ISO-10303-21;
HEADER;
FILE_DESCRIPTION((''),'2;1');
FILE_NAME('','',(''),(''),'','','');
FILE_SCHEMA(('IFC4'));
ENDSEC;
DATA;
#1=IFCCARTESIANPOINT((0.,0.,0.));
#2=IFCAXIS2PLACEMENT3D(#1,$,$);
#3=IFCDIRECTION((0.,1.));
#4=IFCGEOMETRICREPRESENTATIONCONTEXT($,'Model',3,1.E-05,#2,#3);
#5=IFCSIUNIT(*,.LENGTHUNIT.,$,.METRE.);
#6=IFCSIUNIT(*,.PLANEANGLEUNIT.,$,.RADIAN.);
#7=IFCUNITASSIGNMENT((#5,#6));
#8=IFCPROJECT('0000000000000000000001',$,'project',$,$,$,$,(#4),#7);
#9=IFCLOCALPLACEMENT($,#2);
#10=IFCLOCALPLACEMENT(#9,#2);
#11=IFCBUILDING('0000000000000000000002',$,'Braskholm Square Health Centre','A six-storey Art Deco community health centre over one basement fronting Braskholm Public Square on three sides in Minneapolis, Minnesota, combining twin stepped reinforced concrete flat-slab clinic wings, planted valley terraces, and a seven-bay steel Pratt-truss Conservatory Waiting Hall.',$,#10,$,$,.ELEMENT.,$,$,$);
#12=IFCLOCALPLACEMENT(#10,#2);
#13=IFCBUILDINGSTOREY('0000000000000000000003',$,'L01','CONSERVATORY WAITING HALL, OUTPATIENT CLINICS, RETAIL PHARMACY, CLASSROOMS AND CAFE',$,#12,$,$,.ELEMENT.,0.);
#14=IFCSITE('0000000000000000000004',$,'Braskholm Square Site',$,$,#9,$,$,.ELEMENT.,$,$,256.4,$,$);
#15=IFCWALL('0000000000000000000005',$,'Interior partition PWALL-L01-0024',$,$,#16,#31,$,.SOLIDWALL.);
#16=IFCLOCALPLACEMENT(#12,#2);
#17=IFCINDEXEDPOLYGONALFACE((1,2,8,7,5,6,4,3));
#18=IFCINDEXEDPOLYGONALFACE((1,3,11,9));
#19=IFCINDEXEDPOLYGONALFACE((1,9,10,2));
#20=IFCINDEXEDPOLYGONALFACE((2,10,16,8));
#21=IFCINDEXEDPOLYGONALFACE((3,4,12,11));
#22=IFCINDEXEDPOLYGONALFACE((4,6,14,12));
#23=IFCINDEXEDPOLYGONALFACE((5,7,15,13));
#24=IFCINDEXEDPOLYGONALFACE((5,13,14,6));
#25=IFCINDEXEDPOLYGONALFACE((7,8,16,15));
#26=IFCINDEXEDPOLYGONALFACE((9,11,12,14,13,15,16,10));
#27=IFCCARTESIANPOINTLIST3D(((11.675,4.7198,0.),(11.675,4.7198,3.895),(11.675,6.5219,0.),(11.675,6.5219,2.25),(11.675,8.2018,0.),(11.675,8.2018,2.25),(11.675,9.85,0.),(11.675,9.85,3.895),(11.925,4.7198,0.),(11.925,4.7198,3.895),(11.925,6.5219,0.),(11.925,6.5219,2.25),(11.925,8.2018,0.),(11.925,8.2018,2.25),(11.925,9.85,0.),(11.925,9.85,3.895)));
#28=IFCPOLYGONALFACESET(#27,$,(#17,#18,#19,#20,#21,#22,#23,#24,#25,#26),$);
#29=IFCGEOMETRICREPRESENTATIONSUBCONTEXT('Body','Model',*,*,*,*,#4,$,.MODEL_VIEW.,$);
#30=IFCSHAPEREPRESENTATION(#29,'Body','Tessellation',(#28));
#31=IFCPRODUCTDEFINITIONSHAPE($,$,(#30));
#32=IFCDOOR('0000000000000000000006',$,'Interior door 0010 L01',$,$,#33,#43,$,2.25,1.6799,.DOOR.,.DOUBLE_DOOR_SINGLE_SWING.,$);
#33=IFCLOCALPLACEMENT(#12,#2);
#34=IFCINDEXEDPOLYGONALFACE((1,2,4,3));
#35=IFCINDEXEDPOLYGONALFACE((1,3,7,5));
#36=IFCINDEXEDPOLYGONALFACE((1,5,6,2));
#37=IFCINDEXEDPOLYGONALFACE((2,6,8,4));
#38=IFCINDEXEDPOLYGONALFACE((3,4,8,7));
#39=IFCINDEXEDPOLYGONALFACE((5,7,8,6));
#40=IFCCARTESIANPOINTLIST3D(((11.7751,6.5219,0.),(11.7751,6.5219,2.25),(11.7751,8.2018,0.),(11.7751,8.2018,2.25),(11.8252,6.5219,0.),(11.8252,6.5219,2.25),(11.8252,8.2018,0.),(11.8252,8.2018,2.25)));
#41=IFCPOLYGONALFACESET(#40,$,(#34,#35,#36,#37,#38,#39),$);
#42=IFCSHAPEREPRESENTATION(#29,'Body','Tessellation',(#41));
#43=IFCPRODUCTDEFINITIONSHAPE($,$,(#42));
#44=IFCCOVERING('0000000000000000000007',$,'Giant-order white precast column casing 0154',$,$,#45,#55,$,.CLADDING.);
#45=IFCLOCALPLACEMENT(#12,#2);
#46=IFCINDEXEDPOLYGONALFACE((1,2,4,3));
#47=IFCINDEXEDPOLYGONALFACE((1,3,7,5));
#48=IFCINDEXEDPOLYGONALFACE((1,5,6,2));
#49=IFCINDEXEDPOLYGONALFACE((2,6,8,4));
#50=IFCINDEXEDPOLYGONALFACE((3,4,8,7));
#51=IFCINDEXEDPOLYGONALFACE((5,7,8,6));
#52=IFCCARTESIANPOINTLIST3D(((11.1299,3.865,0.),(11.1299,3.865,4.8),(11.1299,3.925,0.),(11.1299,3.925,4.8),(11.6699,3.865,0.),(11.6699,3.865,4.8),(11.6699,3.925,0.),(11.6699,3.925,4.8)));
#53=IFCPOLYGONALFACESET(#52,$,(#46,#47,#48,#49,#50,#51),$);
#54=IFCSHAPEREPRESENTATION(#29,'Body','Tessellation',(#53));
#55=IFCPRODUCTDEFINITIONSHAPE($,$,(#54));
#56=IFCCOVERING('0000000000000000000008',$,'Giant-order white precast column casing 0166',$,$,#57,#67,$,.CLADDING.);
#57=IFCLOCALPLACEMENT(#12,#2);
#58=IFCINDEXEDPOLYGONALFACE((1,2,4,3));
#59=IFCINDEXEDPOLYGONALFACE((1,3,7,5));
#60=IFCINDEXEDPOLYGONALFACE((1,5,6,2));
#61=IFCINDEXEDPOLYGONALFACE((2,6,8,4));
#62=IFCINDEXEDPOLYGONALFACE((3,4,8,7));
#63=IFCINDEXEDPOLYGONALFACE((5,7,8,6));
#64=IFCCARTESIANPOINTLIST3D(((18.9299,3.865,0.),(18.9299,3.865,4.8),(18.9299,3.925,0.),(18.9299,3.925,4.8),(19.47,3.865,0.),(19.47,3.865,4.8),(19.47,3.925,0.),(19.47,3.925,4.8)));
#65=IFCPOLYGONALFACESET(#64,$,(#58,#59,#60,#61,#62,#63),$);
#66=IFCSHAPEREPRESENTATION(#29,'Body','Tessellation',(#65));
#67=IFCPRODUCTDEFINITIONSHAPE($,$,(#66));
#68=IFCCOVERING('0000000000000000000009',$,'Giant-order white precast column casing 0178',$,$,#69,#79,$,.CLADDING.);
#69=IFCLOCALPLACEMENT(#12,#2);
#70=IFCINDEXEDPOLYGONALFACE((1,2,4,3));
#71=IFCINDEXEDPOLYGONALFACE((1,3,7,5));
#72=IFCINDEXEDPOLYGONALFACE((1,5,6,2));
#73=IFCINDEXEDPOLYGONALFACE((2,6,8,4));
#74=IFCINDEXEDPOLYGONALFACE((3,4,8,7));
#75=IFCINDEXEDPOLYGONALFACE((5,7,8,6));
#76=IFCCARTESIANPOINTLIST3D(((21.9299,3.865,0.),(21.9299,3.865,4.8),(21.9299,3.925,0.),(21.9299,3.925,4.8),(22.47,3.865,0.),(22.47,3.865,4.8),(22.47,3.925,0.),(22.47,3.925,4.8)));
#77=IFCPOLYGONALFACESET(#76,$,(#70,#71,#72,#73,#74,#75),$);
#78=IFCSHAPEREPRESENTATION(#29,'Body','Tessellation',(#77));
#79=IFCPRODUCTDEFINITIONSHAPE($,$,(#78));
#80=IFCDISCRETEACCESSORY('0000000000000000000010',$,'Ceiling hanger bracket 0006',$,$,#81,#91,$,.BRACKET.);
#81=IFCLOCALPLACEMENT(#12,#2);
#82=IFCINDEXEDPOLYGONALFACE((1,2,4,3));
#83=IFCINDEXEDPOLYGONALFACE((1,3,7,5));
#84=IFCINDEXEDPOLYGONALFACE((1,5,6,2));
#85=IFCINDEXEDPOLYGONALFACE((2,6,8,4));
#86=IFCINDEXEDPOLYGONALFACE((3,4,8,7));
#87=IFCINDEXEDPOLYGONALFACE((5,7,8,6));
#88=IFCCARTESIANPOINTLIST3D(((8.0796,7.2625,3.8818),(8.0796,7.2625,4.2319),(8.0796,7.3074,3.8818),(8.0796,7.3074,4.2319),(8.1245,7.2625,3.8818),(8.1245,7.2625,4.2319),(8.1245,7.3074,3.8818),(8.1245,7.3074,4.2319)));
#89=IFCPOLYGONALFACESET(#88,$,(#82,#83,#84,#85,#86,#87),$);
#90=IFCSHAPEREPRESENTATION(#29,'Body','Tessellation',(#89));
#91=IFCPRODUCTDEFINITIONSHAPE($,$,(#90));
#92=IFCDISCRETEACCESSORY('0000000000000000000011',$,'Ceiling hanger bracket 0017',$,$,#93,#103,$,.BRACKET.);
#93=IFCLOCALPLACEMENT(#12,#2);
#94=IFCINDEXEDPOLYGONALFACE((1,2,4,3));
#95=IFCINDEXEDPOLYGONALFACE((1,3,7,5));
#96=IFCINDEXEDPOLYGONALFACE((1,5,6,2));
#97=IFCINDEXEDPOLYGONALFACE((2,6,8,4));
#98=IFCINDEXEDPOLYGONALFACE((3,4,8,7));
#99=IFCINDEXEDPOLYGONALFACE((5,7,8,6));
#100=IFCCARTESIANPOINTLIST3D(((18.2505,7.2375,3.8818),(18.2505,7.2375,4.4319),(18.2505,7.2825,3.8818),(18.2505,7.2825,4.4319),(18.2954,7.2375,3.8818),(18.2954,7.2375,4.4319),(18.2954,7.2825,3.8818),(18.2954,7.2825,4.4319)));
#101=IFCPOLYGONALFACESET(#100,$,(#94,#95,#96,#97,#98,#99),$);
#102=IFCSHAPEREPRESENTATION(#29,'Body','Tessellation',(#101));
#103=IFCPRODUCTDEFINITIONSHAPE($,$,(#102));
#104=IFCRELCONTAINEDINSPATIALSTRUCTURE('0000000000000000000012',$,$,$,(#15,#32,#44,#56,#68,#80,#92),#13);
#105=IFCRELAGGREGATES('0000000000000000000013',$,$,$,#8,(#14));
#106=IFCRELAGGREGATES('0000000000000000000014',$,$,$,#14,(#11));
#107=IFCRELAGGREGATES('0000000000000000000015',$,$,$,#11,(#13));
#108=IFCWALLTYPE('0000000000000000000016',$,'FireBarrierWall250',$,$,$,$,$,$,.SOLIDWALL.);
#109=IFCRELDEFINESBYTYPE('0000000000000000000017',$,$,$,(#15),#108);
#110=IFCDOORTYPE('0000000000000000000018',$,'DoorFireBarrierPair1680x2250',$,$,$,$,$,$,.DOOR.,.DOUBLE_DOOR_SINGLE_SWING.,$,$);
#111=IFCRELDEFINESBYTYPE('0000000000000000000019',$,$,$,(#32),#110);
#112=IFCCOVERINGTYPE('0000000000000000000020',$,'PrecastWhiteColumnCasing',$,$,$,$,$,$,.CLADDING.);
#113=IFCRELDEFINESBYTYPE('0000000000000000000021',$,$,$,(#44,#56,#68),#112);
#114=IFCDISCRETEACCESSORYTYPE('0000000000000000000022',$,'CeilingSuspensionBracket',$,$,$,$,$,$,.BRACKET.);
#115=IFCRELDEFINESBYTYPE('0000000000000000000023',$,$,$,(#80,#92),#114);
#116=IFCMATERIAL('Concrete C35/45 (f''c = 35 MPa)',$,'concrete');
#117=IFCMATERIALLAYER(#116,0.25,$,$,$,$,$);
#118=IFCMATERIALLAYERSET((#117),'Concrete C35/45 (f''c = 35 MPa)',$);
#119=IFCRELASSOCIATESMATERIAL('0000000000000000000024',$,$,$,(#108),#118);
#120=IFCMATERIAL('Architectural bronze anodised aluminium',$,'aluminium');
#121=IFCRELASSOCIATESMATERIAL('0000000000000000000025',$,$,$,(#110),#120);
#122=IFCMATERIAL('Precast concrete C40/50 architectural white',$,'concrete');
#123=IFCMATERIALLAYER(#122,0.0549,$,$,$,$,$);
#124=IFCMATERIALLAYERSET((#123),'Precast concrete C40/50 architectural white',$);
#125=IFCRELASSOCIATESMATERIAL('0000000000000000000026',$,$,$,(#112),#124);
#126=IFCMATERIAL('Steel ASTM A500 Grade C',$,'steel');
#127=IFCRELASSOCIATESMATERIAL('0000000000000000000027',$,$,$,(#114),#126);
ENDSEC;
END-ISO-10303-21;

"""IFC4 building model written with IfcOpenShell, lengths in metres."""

from ifc_helpers import new_model, si_unit, direction, frame, frame_2d, origin, origin_with_axes, origin_2d, place, context, subcontext, project, spatial, rectangle, extrude, material, layer, layer_set, type_object, element, fill, save


model = new_model("IFC4")

# Units and contexts
model_context = context("Model", 3, precision=1e-05, world=origin(), true_north=direction((0.0, 1.0)))
body_context = subcontext(model_context, "Body", "Model", "MODEL_VIEW")
ifc_project = project(units=[si_unit("LENGTHUNIT", "METRE"), si_unit("PLANEANGLEUNIT", "RADIAN")], contexts=[model_context])

# Site, building, storey
site_placement = place(None, origin())
site = spatial("IfcSite", under=ifc_project, at=site_placement, Name="Braskholm Square Site", CompositionType="ELEMENT", RefElevation=256.4)
building_placement = place(site_placement, origin())
building = spatial("IfcBuilding", under=site, at=building_placement, Name="Braskholm Square Health Centre", Description="A six-storey Art Deco community health centre over one basement fronting Braskholm Public Square on three sides in Minneapolis, Minnesota, combining twin stepped reinforced concrete flat-slab clinic wings, planted valley terraces, and a seven-bay steel Pratt-truss Conservatory Waiting Hall.", CompositionType="ELEMENT")
storey_placement = place(building_placement, origin())
storey = spatial("IfcBuildingStorey", under=building, at=storey_placement, Name="L01", Description="CONSERVATORY WAITING HALL, OUTPATIENT CLINICS, RETAIL PHARMACY, CLASSROOMS AND CAFE", CompositionType="ELEMENT", Elevation=0.0)

# Shared definitions
ifc_material_1 = material(Name="Precast concrete C40/50 architectural white", Category="concrete")

# Shared definitions
ifc_material_2 = material(Name="Architectural bronze anodised aluminium", Category="aluminium")

# Wall, opening, door
ifc_material_3 = material(Name="Concrete C35/45 (f'c = 35 MPa)", Category="concrete")
ifc_layer_1 = layer(ifc_material_3, 0.25)
ifc_layer_set_1 = layer_set([ifc_layer_1], Name="Concrete C35/45 (f'c = 35 MPa)")
wall_type_1 = type_object("IfcWallType", Name="FireBarrierWall250", PredefinedType="SOLIDWALL", material=ifc_layer_set_1)
wall_1_placement = place(storey_placement, frame((11.8, 4.72, 0.0), z_axis=(0.0, 0.0, 1.0), x_axis=(0.0, 1.0, 0.0)))
wall_1 = element("IfcWall", 1, at=wall_1_placement, inside=storey, type_object=wall_type_1, Name="Interior partition PWALL-L01-0024", PredefinedType="SOLIDWALL", context=body_context, shape_type="SweptSolid", body=[
    extrude(rectangle(XDim=5.1301, YDim=0.25, at=frame_2d((2.5649, 0.0))), origin(), (0.0, 0.0, 1.0), 3.895),
])
opening_1_placement = place(wall_1_placement, frame((1.802, 0.0, 0.0)))
opening_1 = element("IfcOpeningElement", 2, at=opening_1_placement, cuts=wall_1, PredefinedType="OPENING", context=body_context, shape_type="SweptSolid", body=[
    extrude(rectangle(XDim=1.6799, YDim=2.25, at=frame_2d((0.8398, 1.125))), frame((0.0, 0.135, 0.0), z_axis=(0.0, -1.0, 0.0), x_axis=(1.0, 0.0, 0.0)), (0.0, 0.0, 1.0), 0.27),
])
door_type_1 = type_object("IfcDoorType", Name="DoorFireBarrierPair1680x2250", OperationType="DOUBLE_DOOR_SINGLE_SWING", PredefinedType="DOOR", material=ifc_material_2)
door_1_placement = place(opening_1_placement, origin_with_axes())
door_1 = element("IfcDoor", 3, at=door_1_placement, inside=storey, type_object=door_type_1, Name="Interior door 0010 L01", OperationType="DOUBLE_DOOR_SINGLE_SWING", OverallHeight=2.25, OverallWidth=1.6799, PredefinedType="DOOR", context=body_context, shape_type="SweptSolid", body=[
    extrude(rectangle(XDim=1.6799, YDim=2.25, at=frame_2d((0.8398, 1.125))), frame((0.0, 0.0249, 0.0), z_axis=(0.0, -1.0, 0.0), x_axis=(1.0, 0.0, 0.0)), (0.0, 0.0, 1.0), 0.05),
])
fill(opening_1, door_1)

# Coverings
ifc_layer_2 = layer(ifc_material_1, 0.0549)
ifc_layer_set_2 = layer_set([ifc_layer_2], Name="Precast concrete C40/50 architectural white")
covering_type = type_object("IfcCoveringType", Name="PrecastWhiteColumnCasing", PredefinedType="CLADDING", material=ifc_layer_set_2)
for number, where, z_axis, x_axis, name in (
    (4, (11.3999, 3.895, 0.0), (0.0, 0.0, 1.0), (1.0, 0.0, 0.0), "Giant-order white precast column casing 0154"),
    (5, (19.2, 3.895, 0.0), (0.0, 0.0, 1.0), (1.0, 0.0, 0.0), "Giant-order white precast column casing 0166"),
    (6, (22.2, 3.895, 0.0), (0.0, 0.0, 1.0), (1.0, 0.0, 0.0), "Giant-order white precast column casing 0178"),
):
    element("IfcCovering", number, at=place(storey_placement, frame(where, z_axis=z_axis, x_axis=x_axis)), inside=storey, type_object=covering_type, Name=name, PredefinedType="CLADDING", context=body_context, shape_type="SweptSolid", body=[
        extrude(rectangle(XDim=0.54, YDim=0.0601, at=origin_2d()), origin(), (0.0, 0.0, 1.0), 4.8),
    ])

# Discrete accessories
ifc_material_4 = material(Name="Steel ASTM A500 Grade C", Category="steel")
discrete_accessory_type = type_object("IfcDiscreteAccessoryType", Name="CeilingSuspensionBracket", PredefinedType="BRACKET", material=ifc_material_4)
discrete_accessory_1_placement = place(storey_placement, frame((8.1021, 7.2849, 3.8818), z_axis=(0.0, 0.0, 1.0), x_axis=(1.0, 0.0, 0.0)))
element("IfcDiscreteAccessory", 7, at=discrete_accessory_1_placement, inside=storey, type_object=discrete_accessory_type, Name="Ceiling hanger bracket 0006", PredefinedType="BRACKET", context=body_context, shape_type="SweptSolid", body=[
    extrude(rectangle(XDim=0.0449, YDim=0.0449, at=origin_2d()), origin(), (0.0, 0.0, 1.0), 0.3501),
])
discrete_accessory_2_placement = place(storey_placement, frame((18.2729, 7.26, 3.8818), z_axis=(0.0, 0.0, 1.0), x_axis=(1.0, 0.0, 0.0)))
element("IfcDiscreteAccessory", 8, at=discrete_accessory_2_placement, inside=storey, type_object=discrete_accessory_type, Name="Ceiling hanger bracket 0017", PredefinedType="BRACKET", context=body_context, shape_type="SweptSolid", body=[
    extrude(rectangle(XDim=0.0449, YDim=0.0449, at=origin_2d()), origin(), (0.0, 0.0, 1.0), 0.55),
])

save(model, "model.ifc")
